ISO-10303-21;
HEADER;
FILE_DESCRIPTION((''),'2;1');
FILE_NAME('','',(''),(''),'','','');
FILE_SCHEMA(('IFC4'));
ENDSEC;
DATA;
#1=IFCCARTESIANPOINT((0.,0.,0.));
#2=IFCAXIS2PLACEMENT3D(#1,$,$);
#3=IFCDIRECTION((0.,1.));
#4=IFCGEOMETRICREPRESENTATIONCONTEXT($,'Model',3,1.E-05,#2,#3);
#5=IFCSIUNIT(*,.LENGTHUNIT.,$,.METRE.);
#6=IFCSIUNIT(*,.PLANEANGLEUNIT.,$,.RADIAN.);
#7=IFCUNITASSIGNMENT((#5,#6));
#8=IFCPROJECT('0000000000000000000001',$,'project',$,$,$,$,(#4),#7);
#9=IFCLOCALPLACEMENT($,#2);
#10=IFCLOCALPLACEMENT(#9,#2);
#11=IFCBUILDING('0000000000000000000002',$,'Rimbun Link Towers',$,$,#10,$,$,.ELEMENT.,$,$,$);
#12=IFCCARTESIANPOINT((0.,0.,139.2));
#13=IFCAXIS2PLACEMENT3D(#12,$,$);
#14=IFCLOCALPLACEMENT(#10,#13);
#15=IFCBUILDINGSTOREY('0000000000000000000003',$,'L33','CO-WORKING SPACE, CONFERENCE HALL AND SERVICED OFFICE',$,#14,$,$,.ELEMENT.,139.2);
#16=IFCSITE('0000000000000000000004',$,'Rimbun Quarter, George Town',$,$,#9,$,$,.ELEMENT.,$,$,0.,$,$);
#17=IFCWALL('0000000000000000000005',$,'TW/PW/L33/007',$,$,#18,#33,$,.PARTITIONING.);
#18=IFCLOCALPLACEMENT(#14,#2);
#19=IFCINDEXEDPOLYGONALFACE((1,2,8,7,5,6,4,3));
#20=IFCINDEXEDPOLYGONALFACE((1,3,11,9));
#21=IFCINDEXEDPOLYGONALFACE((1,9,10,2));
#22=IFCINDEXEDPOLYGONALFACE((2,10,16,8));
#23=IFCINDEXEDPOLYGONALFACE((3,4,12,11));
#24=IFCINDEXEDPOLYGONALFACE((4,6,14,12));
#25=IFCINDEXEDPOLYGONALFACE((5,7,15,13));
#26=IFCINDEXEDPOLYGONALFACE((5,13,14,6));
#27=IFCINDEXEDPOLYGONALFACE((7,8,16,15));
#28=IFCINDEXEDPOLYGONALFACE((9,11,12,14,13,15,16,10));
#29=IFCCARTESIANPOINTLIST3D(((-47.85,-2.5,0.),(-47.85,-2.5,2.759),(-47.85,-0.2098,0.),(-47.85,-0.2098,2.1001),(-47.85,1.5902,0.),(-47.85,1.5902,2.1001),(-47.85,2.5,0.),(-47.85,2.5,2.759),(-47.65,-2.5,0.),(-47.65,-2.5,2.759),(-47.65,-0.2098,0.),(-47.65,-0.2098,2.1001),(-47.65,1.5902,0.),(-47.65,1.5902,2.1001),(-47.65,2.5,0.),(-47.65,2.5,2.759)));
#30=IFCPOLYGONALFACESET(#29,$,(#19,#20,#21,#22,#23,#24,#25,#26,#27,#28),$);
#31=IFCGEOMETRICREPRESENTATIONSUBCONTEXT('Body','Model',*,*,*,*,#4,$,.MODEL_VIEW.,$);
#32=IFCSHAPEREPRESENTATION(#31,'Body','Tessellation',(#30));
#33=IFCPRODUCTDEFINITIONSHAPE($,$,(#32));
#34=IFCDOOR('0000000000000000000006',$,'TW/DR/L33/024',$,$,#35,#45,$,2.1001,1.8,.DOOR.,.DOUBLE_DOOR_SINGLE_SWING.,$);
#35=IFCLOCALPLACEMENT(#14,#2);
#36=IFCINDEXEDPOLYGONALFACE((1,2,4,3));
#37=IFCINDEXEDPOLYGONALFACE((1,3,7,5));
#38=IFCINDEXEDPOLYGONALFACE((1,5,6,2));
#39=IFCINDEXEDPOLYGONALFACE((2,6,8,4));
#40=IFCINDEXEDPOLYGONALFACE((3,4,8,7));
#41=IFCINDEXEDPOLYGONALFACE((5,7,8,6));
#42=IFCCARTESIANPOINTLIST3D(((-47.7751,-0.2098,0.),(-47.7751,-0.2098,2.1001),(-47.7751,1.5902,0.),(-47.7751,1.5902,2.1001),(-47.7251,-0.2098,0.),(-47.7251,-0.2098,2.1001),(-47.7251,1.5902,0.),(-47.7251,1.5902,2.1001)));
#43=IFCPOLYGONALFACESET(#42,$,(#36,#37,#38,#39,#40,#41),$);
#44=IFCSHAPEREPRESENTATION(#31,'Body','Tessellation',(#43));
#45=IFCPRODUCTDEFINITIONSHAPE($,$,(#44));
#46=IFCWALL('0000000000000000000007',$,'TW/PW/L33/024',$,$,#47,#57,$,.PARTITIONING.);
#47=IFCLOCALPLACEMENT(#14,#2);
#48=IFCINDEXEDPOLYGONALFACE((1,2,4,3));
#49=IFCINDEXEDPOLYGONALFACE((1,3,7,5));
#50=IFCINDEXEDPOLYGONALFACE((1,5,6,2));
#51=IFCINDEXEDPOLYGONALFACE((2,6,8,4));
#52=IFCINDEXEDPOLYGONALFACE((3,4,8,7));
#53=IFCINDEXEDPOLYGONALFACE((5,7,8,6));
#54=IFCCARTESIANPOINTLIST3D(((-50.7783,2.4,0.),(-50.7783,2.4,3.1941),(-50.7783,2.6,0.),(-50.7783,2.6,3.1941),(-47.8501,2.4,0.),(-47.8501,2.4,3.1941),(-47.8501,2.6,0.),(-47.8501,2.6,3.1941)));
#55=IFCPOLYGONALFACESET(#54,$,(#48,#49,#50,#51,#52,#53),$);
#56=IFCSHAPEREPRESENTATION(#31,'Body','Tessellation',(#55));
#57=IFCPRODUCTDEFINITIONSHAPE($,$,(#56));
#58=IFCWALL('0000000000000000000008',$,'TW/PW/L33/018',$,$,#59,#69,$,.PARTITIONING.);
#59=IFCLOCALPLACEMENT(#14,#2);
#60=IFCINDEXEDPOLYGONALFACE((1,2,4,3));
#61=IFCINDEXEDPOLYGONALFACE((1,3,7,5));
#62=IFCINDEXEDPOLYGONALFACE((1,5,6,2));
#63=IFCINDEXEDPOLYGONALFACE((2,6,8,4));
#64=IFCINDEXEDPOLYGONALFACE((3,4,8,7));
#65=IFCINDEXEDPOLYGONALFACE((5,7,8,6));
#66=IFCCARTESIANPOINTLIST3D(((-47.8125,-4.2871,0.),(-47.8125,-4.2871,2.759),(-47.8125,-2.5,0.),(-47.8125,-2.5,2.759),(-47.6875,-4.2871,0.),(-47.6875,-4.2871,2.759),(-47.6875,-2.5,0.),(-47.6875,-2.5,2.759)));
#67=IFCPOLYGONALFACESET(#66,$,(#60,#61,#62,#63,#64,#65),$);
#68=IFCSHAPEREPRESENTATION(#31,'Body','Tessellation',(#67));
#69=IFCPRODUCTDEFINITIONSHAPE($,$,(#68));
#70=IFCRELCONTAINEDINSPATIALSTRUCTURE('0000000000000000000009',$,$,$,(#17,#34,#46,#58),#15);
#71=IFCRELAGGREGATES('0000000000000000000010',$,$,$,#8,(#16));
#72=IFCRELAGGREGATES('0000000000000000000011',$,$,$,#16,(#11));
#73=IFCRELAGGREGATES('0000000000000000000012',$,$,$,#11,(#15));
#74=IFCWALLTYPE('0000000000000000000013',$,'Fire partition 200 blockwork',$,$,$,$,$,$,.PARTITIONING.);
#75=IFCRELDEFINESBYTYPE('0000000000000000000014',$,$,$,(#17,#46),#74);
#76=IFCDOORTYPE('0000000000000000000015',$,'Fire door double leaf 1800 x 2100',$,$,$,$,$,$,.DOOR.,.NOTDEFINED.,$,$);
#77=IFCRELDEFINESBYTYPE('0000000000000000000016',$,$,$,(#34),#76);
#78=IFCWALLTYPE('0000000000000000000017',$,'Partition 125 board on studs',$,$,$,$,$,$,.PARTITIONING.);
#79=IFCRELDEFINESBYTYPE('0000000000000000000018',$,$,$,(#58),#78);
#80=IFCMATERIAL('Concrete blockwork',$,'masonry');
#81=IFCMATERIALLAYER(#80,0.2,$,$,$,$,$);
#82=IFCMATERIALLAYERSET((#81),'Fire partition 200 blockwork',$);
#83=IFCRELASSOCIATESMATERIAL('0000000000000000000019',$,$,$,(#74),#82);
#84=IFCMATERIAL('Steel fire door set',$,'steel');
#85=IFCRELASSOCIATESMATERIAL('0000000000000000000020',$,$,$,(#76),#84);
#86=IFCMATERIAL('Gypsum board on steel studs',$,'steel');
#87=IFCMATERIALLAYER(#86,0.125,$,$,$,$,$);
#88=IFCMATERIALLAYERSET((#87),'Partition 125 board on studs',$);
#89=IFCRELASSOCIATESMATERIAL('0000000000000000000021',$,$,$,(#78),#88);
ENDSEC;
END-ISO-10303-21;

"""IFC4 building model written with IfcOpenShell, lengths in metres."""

from ifc_helpers import new_model, si_unit, direction, frame, frame_2d, origin, place, context, subcontext, project, spatial, rectangle, extrude, material, layer, layer_set, type_object, element, fill, save


model = new_model("IFC4")

# Units and contexts
model_context = context("Model", 3, precision=1e-05, world=origin(), true_north=direction((0.0, 1.0)))
body_context = subcontext(model_context, "Body", "Model", "MODEL_VIEW")
ifc_project = project(units=[si_unit("LENGTHUNIT", "METRE"), si_unit("PLANEANGLEUNIT", "RADIAN")], contexts=[model_context])

# Site, building, storey
site_placement = place(None, origin())
site = spatial("IfcSite", under=ifc_project, at=site_placement, Name="Rimbun Quarter, George Town", CompositionType="ELEMENT", RefElevation=0.0)
building_placement = place(site_placement, origin())
building = spatial("IfcBuilding", under=site, at=building_placement, Name="Rimbun Link Towers", CompositionType="ELEMENT")
storey_placement = place(building_placement, frame((0.0, 0.0, 139.2)))
storey = spatial("IfcBuildingStorey", under=building, at=storey_placement, Name="L33", Description="CO-WORKING SPACE, CONFERENCE HALL AND SERVICED OFFICE", CompositionType="ELEMENT", Elevation=139.2)

# Wall, opening, door
ifc_material_1 = material(Name="Concrete blockwork", Category="masonry")
ifc_layer_1 = layer(ifc_material_1, 0.2)
ifc_layer_set_1 = layer_set([ifc_layer_1], Name="Fire partition 200 blockwork")
wall_type_1 = type_object("IfcWallType", Name="Fire partition 200 blockwork", PredefinedType="PARTITIONING", material=ifc_layer_set_1)
wall_1_placement = place(storey_placement, frame((-47.75, 2.5, 0.0), z_axis=(0.0, 0.0, 1.0), x_axis=(0.0, -1.0, 0.0)))
wall_1 = element("IfcWall", 1, at=wall_1_placement, inside=storey, type_object=wall_type_1, Name="TW/PW/L33/007", PredefinedType="PARTITIONING", context=body_context, shape_type="SweptSolid", body=[
    extrude(rectangle(XDim=5.0, YDim=0.2, at=frame_2d((2.5, 0.0))), origin(), (0.0, 0.0, 1.0), 2.759),
])
opening_1_placement = place(wall_1_placement, frame((0.9099, 0.0, 0.0)))
opening_1 = element("IfcOpeningElement", 2, at=opening_1_placement, cuts=wall_1, PredefinedType="OPENING", context=body_context, shape_type="SweptSolid", body=[
    extrude(rectangle(XDim=1.8, YDim=2.1001, at=frame_2d((0.8999, 1.05))), frame((0.0, 0.1099, 0.0), z_axis=(0.0, -1.0, 0.0), x_axis=(1.0, 0.0, 0.0)), (0.0, 0.0, 1.0), 0.22),
])
ifc_material_2 = material(Name="Steel fire door set", Category="steel")
door_type = type_object("IfcDoorType", Name="Fire door double leaf 1800 x 2100", OperationType="NOTDEFINED", PredefinedType="DOOR", material=ifc_material_2)
door_placement = place(opening_1_placement, origin())
door = element("IfcDoor", 3, at=door_placement, inside=storey, type_object=door_type, Name="TW/DR/L33/024", OperationType="DOUBLE_DOOR_SINGLE_SWING", OverallHeight=2.1001, OverallWidth=1.8, PredefinedType="DOOR", context=body_context, shape_type="SweptSolid", body=[
    extrude(rectangle(XDim=1.8, YDim=2.1001, at=frame_2d((0.8999, 1.05))), frame((0.0, 0.0249, 0.0), z_axis=(0.0, -1.0, 0.0), x_axis=(1.0, 0.0, 0.0)), (0.0, 0.0, 1.0), 0.05),
])
fill(opening_1, door)

# Walls
wall_2_placement = place(storey_placement, frame((-47.8501, 2.5, 0.0), z_axis=(0.0, 0.0, 1.0), x_axis=(-1.0, 0.0, 0.0)))
element("IfcWall", 4, at=wall_2_placement, inside=storey, type_object=wall_type_1, Name="TW/PW/L33/024", PredefinedType="PARTITIONING", context=body_context, shape_type="SweptSolid", body=[
    extrude(rectangle(XDim=2.9282, YDim=0.2, at=frame_2d((1.4641, 0.0))), origin(), (0.0, 0.0, 1.0), 3.1941),
])
ifc_material_3 = material(Name="Gypsum board on steel studs", Category="steel")
ifc_layer_2 = layer(ifc_material_3, 0.125)
ifc_layer_set_2 = layer_set([ifc_layer_2], Name="Partition 125 board on studs")
wall_type_2 = type_object("IfcWallType", Name="Partition 125 board on studs", PredefinedType="PARTITIONING", material=ifc_layer_set_2)
wall_3_placement = place(storey_placement, frame((-47.75, -2.5, 0.0), z_axis=(0.0, 0.0, 1.0), x_axis=(0.0, -1.0, 0.0)))
element("IfcWall", 5, at=wall_3_placement, inside=storey, type_object=wall_type_2, Name="TW/PW/L33/018", PredefinedType="PARTITIONING", context=body_context, shape_type="SweptSolid", body=[
    extrude(rectangle(XDim=1.7871, YDim=0.125, at=frame_2d((0.8936, 0.0))), origin(), (0.0, 0.0, 1.0), 2.759),
])

save(model, "model.ifc")
